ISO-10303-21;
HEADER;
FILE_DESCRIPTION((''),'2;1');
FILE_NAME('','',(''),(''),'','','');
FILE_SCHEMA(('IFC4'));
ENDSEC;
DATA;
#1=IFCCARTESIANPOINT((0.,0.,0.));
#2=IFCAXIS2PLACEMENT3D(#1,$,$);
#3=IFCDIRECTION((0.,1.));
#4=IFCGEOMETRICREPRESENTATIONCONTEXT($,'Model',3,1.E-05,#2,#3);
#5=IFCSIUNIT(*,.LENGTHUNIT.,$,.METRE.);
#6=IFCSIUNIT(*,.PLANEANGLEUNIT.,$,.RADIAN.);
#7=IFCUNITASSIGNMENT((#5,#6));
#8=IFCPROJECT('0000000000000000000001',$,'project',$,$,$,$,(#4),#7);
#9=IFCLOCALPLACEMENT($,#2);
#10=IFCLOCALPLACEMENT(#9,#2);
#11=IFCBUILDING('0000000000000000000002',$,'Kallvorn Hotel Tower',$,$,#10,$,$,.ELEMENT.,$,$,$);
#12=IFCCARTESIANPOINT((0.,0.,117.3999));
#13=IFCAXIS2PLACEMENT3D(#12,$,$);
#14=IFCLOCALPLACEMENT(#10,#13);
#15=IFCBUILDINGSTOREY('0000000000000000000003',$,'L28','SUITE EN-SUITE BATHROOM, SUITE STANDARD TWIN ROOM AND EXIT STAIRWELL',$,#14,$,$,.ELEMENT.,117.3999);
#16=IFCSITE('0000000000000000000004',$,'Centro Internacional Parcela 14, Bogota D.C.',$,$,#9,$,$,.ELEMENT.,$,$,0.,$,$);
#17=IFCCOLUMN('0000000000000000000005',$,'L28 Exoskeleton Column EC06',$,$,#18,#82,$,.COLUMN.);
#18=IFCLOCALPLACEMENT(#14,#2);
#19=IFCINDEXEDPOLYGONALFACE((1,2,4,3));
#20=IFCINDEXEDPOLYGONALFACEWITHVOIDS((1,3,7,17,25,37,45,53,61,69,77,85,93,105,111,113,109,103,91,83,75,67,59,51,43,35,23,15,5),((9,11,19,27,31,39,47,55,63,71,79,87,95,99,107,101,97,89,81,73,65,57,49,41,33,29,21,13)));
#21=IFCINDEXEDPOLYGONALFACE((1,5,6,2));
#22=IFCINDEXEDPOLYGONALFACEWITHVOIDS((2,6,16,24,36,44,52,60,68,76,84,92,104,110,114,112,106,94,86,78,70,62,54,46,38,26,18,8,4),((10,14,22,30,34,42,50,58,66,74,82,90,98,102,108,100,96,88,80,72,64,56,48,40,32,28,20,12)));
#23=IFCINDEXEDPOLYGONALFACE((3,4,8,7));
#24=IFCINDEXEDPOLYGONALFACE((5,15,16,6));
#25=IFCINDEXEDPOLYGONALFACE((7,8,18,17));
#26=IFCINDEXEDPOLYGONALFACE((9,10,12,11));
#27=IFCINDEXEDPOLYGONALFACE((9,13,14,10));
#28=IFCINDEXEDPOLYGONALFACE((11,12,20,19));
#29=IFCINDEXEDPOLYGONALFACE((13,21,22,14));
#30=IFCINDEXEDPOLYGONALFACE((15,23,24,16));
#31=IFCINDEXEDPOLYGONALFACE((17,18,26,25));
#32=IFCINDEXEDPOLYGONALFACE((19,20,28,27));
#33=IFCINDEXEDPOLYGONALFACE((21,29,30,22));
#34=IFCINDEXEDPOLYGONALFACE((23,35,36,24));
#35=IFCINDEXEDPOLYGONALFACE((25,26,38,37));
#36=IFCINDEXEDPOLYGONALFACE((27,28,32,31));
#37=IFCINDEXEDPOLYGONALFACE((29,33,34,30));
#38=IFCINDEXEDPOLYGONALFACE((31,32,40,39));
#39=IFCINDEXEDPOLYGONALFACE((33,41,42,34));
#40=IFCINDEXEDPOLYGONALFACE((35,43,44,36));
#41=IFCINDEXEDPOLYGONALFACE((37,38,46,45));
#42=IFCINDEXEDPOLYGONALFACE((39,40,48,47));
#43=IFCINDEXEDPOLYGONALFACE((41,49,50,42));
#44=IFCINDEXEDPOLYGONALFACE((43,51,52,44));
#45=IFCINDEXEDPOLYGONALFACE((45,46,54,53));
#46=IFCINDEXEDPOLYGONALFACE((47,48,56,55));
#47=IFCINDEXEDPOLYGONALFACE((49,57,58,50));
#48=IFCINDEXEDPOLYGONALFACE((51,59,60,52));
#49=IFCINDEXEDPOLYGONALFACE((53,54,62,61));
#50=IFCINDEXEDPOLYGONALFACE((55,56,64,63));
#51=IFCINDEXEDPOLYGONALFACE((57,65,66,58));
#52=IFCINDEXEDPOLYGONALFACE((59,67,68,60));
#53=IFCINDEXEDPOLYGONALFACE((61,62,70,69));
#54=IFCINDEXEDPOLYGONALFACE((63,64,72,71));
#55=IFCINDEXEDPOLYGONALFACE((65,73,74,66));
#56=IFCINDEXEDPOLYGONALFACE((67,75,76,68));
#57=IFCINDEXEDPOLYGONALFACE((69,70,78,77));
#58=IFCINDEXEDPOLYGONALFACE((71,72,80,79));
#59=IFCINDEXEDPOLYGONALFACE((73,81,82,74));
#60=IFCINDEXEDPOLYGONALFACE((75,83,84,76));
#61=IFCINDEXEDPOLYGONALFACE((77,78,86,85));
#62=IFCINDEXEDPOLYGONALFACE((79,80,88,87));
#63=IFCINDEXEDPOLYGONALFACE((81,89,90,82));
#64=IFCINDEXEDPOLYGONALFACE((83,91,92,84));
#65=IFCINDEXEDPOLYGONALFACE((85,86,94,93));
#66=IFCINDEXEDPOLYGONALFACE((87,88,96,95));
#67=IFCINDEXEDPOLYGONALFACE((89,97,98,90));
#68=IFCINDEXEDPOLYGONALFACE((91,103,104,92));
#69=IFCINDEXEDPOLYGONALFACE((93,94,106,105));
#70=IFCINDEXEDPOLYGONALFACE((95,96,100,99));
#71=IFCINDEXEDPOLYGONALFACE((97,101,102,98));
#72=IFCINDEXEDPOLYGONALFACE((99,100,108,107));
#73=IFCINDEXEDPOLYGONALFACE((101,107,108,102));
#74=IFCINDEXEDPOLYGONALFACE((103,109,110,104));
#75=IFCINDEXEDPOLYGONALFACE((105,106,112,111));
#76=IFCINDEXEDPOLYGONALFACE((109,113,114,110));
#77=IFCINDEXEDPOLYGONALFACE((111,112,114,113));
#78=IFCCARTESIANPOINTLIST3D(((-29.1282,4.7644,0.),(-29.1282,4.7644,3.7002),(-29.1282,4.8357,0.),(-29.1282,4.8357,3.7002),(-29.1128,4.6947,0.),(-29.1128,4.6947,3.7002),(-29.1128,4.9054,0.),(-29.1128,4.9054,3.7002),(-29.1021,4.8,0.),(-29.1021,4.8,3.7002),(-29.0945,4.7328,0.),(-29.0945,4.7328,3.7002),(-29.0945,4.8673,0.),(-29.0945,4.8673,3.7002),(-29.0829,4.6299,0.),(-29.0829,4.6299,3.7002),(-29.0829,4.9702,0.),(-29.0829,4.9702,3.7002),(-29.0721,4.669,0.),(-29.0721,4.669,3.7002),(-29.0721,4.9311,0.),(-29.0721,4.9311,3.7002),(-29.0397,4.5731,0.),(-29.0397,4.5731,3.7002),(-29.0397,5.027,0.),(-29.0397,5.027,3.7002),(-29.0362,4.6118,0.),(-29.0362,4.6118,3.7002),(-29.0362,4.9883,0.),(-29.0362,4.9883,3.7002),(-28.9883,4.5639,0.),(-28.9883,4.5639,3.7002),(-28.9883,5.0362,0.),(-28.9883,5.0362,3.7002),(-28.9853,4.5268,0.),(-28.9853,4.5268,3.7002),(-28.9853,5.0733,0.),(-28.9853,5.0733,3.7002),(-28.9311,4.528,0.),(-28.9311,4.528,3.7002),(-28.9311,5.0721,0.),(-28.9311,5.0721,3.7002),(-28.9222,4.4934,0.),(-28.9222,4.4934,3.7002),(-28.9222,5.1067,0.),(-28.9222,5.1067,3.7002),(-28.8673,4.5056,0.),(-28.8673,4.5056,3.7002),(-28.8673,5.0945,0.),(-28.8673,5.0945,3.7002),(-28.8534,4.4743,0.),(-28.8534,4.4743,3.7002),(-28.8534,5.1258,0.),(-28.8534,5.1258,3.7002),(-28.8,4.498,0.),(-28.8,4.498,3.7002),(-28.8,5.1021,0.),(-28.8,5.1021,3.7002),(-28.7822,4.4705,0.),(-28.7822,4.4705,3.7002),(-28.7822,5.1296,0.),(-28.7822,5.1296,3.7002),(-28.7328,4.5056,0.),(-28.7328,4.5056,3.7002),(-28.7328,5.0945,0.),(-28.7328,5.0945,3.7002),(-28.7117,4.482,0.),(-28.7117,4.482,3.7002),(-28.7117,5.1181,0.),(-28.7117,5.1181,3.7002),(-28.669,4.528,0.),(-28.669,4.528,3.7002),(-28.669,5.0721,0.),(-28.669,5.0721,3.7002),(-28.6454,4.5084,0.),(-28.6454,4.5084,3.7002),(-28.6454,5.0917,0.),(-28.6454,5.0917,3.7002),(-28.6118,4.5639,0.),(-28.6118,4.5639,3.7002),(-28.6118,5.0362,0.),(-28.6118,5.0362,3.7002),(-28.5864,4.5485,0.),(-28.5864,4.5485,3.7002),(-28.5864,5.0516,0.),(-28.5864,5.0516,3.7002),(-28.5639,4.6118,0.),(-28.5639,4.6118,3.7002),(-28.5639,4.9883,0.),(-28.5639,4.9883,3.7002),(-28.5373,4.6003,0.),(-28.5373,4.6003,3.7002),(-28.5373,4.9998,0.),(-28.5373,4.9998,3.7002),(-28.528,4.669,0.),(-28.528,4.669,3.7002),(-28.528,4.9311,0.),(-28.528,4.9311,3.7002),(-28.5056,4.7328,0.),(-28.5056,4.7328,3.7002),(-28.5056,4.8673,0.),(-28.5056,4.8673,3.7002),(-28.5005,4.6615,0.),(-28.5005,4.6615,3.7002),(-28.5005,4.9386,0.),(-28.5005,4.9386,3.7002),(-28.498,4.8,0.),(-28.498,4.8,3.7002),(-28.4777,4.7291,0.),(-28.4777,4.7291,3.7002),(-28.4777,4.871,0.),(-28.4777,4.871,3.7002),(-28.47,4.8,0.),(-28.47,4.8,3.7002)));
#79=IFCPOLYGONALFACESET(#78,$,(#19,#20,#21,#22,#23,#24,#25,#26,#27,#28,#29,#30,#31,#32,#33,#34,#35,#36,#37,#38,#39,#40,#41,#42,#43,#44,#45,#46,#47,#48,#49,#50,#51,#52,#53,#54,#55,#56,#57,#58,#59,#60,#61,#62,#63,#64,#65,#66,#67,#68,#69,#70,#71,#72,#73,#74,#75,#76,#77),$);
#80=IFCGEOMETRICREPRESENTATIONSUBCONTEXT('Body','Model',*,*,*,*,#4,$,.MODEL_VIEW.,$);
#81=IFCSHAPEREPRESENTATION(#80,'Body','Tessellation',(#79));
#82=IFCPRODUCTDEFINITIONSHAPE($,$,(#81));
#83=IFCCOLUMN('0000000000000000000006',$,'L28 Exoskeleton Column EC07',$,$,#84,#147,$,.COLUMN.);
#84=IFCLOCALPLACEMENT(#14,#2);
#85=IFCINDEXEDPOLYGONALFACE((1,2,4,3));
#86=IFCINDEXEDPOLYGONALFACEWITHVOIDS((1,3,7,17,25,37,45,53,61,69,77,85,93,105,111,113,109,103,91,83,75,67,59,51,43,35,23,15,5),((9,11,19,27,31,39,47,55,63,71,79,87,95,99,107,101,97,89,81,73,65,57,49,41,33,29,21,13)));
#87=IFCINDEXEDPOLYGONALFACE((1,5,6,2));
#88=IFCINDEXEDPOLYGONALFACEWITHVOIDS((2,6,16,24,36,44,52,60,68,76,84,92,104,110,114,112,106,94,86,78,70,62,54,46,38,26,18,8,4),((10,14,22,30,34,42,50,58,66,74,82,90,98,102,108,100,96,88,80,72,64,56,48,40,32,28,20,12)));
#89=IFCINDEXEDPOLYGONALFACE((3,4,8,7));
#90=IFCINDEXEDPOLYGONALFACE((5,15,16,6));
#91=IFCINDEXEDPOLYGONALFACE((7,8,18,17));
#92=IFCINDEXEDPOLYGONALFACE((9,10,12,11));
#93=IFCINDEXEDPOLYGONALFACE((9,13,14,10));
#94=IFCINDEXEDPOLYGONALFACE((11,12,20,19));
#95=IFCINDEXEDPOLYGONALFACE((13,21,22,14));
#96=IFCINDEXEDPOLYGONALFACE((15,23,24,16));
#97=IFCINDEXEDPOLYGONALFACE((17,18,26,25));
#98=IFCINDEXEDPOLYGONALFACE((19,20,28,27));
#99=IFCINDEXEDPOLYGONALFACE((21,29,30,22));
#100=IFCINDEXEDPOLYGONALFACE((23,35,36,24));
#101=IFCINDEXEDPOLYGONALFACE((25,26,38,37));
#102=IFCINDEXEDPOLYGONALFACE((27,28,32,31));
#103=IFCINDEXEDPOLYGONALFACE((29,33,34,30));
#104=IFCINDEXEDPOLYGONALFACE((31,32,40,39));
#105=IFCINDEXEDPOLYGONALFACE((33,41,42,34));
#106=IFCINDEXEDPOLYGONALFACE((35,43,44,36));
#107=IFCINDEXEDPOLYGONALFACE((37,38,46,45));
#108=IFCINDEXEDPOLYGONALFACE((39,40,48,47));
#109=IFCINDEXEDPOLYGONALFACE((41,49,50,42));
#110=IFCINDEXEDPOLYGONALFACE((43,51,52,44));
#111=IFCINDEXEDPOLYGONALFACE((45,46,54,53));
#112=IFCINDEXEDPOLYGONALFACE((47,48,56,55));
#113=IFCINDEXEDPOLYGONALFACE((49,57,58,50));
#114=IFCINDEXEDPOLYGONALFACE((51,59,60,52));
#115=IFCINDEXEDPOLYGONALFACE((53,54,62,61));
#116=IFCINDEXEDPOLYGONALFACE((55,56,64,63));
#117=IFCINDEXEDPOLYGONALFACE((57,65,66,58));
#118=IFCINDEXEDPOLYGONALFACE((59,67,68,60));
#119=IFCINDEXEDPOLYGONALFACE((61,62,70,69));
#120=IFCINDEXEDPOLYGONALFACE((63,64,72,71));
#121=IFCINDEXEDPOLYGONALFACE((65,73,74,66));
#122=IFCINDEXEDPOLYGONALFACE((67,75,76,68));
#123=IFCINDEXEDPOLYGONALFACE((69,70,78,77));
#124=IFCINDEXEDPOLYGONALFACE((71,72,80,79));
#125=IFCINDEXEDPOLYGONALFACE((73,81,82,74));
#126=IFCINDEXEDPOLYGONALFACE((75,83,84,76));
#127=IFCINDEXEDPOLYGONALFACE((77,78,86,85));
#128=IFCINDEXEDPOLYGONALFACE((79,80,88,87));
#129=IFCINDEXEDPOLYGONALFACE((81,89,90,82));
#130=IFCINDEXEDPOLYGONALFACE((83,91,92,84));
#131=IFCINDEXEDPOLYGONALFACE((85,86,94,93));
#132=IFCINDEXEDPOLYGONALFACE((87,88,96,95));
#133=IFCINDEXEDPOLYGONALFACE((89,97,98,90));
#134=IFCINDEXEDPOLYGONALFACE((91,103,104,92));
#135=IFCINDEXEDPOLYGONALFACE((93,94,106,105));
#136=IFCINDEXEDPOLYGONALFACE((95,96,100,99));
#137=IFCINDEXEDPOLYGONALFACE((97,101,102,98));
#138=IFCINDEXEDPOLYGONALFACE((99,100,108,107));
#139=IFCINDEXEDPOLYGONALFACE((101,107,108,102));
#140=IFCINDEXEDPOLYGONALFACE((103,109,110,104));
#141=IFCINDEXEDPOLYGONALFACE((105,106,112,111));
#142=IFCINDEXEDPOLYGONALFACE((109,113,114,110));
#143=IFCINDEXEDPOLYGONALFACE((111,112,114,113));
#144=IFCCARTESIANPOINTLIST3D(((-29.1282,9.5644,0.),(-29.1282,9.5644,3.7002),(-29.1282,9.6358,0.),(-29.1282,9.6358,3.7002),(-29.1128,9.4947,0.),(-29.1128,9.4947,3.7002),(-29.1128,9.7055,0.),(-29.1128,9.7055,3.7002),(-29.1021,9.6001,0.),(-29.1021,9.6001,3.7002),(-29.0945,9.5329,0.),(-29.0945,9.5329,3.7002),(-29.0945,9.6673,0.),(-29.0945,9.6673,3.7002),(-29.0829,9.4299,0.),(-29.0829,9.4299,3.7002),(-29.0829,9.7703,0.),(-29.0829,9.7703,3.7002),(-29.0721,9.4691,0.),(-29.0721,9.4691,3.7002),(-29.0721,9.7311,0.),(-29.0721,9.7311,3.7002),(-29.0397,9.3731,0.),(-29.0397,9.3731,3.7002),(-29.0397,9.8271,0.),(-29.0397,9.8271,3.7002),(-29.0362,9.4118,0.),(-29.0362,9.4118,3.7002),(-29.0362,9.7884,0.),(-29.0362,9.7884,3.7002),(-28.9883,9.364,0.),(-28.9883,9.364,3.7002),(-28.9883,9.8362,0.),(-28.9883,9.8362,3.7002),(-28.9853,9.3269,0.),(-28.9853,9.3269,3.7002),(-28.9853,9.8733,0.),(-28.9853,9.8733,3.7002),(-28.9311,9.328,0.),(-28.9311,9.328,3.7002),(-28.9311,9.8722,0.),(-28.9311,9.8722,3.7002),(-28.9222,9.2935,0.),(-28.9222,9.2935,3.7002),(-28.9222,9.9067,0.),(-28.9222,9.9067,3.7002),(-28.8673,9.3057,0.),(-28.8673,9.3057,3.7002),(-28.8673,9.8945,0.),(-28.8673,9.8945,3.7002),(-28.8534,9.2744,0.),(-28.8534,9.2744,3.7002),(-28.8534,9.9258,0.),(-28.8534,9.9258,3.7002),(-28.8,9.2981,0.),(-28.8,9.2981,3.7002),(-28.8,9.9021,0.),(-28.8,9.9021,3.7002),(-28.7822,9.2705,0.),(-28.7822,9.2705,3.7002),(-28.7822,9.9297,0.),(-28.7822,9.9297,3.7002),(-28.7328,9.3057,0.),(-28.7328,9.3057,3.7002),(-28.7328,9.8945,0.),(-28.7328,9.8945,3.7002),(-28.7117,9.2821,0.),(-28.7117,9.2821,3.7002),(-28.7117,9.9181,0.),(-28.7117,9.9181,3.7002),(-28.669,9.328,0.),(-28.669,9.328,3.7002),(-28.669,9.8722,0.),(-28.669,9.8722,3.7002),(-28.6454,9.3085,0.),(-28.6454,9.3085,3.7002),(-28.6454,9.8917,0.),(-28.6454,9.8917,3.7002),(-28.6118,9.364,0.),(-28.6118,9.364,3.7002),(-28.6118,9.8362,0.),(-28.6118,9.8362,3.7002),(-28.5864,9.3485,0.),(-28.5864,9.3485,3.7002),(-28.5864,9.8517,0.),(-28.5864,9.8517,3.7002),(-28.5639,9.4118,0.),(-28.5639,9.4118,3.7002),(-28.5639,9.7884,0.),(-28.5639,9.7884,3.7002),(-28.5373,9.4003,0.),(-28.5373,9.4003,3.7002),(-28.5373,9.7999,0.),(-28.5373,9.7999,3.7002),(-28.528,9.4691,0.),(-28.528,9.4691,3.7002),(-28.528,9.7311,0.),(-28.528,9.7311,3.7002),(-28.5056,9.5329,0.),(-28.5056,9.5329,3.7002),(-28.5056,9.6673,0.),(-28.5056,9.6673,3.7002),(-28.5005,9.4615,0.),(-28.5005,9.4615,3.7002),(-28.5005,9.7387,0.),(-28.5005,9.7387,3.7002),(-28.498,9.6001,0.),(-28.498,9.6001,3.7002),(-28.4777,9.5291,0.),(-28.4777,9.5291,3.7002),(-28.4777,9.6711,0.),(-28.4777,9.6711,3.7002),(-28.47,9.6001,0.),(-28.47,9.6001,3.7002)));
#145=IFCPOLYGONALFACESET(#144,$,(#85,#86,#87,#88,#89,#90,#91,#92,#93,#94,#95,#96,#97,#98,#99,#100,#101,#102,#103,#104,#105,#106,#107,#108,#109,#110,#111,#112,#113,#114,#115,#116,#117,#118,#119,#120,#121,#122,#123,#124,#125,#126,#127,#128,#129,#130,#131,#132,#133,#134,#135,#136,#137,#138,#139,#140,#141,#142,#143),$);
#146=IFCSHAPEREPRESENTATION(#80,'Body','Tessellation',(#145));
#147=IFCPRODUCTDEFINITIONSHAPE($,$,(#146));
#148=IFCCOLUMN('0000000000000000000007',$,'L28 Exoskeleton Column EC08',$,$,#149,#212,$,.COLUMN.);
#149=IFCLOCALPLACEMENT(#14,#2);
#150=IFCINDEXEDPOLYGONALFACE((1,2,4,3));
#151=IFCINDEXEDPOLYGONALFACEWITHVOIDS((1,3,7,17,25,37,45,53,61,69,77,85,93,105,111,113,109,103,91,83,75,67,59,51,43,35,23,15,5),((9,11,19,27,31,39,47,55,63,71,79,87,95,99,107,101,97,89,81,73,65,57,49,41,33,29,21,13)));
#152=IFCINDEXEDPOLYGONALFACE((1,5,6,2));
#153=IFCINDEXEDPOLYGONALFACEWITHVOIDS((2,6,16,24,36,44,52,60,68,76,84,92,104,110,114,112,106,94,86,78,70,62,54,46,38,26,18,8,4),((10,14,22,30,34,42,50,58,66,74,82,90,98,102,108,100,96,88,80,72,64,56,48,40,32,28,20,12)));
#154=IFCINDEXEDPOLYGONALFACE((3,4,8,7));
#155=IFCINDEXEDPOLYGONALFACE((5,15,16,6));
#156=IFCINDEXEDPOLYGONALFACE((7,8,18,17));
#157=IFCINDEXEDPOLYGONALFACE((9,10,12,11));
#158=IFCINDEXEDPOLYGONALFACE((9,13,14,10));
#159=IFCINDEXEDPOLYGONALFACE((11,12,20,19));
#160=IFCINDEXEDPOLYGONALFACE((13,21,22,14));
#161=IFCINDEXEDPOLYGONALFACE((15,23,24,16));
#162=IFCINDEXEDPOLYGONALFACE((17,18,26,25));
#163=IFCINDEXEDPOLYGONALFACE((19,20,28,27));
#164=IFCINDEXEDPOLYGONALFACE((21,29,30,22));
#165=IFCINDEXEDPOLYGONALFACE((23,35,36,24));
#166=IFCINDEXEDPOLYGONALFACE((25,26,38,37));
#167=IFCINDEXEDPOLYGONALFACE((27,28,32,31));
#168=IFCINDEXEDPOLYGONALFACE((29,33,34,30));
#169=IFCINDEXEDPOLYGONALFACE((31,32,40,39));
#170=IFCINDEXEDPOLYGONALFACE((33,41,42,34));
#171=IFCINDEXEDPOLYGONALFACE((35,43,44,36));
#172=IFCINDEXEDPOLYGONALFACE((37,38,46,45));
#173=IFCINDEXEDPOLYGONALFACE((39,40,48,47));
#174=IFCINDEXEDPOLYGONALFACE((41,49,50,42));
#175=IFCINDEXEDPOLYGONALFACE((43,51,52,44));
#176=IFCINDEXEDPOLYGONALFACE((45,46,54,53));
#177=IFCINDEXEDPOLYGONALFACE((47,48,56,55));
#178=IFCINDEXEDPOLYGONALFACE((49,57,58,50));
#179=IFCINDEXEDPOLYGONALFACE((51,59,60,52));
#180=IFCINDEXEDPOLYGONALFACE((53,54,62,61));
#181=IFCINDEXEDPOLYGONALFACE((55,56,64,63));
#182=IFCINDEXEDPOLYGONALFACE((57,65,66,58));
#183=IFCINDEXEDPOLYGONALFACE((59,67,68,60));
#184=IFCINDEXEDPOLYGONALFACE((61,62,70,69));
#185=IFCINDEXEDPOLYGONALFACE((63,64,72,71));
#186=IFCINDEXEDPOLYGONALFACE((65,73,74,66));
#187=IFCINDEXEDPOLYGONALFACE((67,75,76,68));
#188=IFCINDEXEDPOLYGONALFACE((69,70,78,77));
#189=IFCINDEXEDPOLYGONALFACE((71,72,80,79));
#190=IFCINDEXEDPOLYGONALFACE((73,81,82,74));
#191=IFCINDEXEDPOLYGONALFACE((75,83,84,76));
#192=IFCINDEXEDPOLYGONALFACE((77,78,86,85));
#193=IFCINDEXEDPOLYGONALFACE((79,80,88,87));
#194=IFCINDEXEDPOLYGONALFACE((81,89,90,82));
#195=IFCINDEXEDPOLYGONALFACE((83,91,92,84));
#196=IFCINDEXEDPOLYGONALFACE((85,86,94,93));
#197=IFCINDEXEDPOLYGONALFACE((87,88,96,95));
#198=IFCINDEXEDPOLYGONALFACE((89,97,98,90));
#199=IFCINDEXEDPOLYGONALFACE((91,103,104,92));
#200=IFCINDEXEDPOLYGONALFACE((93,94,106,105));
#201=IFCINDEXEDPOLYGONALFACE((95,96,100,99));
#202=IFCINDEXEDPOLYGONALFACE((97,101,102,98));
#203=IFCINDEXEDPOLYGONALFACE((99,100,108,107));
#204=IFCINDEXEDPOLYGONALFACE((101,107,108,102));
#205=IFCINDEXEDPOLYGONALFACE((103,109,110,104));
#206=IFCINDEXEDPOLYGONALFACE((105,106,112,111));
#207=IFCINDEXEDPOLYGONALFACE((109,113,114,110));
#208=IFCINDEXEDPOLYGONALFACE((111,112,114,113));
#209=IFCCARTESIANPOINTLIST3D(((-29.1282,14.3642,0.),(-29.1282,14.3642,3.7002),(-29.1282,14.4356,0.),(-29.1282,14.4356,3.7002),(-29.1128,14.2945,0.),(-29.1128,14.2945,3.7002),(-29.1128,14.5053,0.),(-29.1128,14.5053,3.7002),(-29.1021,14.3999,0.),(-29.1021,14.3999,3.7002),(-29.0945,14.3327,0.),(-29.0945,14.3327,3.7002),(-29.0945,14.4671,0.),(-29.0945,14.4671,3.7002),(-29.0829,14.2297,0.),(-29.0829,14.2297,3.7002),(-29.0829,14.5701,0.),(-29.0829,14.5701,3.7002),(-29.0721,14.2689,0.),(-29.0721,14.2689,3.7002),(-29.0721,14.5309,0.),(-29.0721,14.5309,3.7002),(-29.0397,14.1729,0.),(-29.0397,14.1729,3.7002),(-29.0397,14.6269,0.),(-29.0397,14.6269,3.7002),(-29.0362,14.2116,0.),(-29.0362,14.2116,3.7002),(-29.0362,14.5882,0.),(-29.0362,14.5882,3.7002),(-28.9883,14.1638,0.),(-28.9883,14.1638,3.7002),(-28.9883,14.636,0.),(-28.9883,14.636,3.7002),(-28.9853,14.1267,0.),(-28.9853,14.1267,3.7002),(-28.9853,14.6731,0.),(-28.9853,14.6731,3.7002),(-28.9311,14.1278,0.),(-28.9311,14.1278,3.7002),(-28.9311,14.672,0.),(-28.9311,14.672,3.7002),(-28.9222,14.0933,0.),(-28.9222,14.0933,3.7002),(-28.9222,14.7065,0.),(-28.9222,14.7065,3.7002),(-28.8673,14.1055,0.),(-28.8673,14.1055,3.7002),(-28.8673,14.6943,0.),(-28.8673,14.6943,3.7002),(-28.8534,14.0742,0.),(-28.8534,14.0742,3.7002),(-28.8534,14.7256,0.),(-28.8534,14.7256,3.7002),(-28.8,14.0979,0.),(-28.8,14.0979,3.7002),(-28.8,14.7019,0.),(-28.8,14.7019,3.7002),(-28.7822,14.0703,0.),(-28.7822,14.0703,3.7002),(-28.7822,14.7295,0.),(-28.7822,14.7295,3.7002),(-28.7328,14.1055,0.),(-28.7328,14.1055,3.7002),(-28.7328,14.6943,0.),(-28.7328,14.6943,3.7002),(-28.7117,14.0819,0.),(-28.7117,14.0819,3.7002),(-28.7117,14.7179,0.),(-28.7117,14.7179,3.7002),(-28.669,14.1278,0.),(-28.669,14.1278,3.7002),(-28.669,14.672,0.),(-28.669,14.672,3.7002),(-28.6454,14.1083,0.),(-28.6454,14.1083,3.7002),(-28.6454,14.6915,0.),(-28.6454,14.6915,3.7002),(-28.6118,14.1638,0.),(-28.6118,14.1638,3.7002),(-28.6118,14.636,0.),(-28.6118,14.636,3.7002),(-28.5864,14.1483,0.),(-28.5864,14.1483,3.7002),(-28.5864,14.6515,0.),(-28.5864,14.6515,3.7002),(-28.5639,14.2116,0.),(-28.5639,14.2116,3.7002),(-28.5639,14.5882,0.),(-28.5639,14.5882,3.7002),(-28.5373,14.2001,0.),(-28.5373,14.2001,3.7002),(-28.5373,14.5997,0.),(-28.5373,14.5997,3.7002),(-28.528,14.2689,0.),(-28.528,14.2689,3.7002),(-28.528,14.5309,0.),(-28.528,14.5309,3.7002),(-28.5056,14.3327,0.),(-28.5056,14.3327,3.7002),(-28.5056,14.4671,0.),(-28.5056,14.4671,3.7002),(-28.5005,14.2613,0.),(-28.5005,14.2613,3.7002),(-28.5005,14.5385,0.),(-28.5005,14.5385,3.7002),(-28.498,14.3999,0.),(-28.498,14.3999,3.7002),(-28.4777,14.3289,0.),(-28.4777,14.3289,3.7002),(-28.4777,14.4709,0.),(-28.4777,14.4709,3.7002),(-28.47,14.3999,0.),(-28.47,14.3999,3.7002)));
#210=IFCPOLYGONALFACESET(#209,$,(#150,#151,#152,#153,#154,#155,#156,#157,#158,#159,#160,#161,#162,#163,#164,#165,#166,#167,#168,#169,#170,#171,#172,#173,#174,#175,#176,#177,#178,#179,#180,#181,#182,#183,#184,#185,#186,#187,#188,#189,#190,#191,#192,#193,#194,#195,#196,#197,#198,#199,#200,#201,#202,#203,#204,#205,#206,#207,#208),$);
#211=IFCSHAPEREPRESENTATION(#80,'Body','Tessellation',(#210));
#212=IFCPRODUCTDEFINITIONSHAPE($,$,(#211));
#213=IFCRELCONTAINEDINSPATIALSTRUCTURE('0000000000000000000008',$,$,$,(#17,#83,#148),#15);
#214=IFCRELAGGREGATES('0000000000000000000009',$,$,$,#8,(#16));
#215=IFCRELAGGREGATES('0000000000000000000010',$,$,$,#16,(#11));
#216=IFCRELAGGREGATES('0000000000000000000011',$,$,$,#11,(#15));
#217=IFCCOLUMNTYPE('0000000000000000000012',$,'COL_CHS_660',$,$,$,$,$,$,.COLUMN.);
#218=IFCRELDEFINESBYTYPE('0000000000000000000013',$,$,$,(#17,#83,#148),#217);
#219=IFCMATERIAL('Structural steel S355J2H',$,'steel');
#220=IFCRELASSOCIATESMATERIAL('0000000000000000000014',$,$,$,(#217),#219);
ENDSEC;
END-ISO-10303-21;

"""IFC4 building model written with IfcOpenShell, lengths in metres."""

from ifc_helpers import new_model, si_unit, direction, frame, origin, origin_2d, place, context, subcontext, project, spatial, hollow_circle, extrude, material, material_profile, profile_set, type_object, element, save


model = new_model("IFC4")

# Units and contexts
model_context = context("Model", 3, precision=1e-05, world=origin(), true_north=direction((0.0, 1.0)))
body_context = subcontext(model_context, "Body", "Model", "MODEL_VIEW")
ifc_project = project(units=[si_unit("LENGTHUNIT", "METRE"), si_unit("PLANEANGLEUNIT", "RADIAN")], contexts=[model_context])

# Site, building, storey
site_placement = place(None, origin())
site = spatial("IfcSite", under=ifc_project, at=site_placement, Name="Centro Internacional Parcela 14, Bogota D.C.", CompositionType="ELEMENT", RefElevation=0.0)
building_placement = place(site_placement, origin())
building = spatial("IfcBuilding", under=site, at=building_placement, Name="Kallvorn Hotel Tower", CompositionType="ELEMENT")
storey_placement = place(building_placement, frame((0.0, 0.0, 117.3999)))
storey = spatial("IfcBuildingStorey", under=building, at=storey_placement, Name="L28", Description="SUITE EN-SUITE BATHROOM, SUITE STANDARD TWIN ROOM AND EXIT STAIRWELL", CompositionType="ELEMENT", Elevation=117.3999)

# Columns
ifc_material_1 = material(Name="Structural steel S355J2H", Category="steel")
ifc_material_profile_1 = material_profile(ifc_material_1, hollow_circle(Radius=0.3301, WallThickness=0.0281, at=origin_2d()), Name="CHS 660x28")
ifc_profile_set_1 = profile_set([ifc_material_profile_1], Name="Structural steel S355J2H")
column_type_1 = type_object("IfcColumnType", Name="COL_CHS_660", PredefinedType="COLUMN", material=ifc_profile_set_1)
for number, where, z_axis, x_axis, name in (
    (1, (-28.8, 4.8, 0.0), (0.0, 0.0, 1.0), (1.0, 0.0, 0.0), "L28 Exoskeleton Column EC06"),
    (2, (-28.8, 9.6001, 0.0), (0.0, 0.0, 1.0), (1.0, 0.0, 0.0), "L28 Exoskeleton Column EC07"),
    (3, (-28.8, 14.3999, 0.0), (0.0, 0.0, 1.0), (1.0, 0.0, 0.0), "L28 Exoskeleton Column EC08"),
):
    element("IfcColumn", number, at=place(storey_placement, frame(where, z_axis=z_axis, x_axis=x_axis)), inside=storey, type_object=column_type_1, Name=name, PredefinedType="COLUMN", context=body_context, shape_type="SweptSolid", body=[
        extrude(hollow_circle(Radius=0.3301, WallThickness=0.0281, at=origin_2d()), origin(), (0.0, 0.0, 1.0), 3.7002),
    ])

save(model, "model.ifc")
